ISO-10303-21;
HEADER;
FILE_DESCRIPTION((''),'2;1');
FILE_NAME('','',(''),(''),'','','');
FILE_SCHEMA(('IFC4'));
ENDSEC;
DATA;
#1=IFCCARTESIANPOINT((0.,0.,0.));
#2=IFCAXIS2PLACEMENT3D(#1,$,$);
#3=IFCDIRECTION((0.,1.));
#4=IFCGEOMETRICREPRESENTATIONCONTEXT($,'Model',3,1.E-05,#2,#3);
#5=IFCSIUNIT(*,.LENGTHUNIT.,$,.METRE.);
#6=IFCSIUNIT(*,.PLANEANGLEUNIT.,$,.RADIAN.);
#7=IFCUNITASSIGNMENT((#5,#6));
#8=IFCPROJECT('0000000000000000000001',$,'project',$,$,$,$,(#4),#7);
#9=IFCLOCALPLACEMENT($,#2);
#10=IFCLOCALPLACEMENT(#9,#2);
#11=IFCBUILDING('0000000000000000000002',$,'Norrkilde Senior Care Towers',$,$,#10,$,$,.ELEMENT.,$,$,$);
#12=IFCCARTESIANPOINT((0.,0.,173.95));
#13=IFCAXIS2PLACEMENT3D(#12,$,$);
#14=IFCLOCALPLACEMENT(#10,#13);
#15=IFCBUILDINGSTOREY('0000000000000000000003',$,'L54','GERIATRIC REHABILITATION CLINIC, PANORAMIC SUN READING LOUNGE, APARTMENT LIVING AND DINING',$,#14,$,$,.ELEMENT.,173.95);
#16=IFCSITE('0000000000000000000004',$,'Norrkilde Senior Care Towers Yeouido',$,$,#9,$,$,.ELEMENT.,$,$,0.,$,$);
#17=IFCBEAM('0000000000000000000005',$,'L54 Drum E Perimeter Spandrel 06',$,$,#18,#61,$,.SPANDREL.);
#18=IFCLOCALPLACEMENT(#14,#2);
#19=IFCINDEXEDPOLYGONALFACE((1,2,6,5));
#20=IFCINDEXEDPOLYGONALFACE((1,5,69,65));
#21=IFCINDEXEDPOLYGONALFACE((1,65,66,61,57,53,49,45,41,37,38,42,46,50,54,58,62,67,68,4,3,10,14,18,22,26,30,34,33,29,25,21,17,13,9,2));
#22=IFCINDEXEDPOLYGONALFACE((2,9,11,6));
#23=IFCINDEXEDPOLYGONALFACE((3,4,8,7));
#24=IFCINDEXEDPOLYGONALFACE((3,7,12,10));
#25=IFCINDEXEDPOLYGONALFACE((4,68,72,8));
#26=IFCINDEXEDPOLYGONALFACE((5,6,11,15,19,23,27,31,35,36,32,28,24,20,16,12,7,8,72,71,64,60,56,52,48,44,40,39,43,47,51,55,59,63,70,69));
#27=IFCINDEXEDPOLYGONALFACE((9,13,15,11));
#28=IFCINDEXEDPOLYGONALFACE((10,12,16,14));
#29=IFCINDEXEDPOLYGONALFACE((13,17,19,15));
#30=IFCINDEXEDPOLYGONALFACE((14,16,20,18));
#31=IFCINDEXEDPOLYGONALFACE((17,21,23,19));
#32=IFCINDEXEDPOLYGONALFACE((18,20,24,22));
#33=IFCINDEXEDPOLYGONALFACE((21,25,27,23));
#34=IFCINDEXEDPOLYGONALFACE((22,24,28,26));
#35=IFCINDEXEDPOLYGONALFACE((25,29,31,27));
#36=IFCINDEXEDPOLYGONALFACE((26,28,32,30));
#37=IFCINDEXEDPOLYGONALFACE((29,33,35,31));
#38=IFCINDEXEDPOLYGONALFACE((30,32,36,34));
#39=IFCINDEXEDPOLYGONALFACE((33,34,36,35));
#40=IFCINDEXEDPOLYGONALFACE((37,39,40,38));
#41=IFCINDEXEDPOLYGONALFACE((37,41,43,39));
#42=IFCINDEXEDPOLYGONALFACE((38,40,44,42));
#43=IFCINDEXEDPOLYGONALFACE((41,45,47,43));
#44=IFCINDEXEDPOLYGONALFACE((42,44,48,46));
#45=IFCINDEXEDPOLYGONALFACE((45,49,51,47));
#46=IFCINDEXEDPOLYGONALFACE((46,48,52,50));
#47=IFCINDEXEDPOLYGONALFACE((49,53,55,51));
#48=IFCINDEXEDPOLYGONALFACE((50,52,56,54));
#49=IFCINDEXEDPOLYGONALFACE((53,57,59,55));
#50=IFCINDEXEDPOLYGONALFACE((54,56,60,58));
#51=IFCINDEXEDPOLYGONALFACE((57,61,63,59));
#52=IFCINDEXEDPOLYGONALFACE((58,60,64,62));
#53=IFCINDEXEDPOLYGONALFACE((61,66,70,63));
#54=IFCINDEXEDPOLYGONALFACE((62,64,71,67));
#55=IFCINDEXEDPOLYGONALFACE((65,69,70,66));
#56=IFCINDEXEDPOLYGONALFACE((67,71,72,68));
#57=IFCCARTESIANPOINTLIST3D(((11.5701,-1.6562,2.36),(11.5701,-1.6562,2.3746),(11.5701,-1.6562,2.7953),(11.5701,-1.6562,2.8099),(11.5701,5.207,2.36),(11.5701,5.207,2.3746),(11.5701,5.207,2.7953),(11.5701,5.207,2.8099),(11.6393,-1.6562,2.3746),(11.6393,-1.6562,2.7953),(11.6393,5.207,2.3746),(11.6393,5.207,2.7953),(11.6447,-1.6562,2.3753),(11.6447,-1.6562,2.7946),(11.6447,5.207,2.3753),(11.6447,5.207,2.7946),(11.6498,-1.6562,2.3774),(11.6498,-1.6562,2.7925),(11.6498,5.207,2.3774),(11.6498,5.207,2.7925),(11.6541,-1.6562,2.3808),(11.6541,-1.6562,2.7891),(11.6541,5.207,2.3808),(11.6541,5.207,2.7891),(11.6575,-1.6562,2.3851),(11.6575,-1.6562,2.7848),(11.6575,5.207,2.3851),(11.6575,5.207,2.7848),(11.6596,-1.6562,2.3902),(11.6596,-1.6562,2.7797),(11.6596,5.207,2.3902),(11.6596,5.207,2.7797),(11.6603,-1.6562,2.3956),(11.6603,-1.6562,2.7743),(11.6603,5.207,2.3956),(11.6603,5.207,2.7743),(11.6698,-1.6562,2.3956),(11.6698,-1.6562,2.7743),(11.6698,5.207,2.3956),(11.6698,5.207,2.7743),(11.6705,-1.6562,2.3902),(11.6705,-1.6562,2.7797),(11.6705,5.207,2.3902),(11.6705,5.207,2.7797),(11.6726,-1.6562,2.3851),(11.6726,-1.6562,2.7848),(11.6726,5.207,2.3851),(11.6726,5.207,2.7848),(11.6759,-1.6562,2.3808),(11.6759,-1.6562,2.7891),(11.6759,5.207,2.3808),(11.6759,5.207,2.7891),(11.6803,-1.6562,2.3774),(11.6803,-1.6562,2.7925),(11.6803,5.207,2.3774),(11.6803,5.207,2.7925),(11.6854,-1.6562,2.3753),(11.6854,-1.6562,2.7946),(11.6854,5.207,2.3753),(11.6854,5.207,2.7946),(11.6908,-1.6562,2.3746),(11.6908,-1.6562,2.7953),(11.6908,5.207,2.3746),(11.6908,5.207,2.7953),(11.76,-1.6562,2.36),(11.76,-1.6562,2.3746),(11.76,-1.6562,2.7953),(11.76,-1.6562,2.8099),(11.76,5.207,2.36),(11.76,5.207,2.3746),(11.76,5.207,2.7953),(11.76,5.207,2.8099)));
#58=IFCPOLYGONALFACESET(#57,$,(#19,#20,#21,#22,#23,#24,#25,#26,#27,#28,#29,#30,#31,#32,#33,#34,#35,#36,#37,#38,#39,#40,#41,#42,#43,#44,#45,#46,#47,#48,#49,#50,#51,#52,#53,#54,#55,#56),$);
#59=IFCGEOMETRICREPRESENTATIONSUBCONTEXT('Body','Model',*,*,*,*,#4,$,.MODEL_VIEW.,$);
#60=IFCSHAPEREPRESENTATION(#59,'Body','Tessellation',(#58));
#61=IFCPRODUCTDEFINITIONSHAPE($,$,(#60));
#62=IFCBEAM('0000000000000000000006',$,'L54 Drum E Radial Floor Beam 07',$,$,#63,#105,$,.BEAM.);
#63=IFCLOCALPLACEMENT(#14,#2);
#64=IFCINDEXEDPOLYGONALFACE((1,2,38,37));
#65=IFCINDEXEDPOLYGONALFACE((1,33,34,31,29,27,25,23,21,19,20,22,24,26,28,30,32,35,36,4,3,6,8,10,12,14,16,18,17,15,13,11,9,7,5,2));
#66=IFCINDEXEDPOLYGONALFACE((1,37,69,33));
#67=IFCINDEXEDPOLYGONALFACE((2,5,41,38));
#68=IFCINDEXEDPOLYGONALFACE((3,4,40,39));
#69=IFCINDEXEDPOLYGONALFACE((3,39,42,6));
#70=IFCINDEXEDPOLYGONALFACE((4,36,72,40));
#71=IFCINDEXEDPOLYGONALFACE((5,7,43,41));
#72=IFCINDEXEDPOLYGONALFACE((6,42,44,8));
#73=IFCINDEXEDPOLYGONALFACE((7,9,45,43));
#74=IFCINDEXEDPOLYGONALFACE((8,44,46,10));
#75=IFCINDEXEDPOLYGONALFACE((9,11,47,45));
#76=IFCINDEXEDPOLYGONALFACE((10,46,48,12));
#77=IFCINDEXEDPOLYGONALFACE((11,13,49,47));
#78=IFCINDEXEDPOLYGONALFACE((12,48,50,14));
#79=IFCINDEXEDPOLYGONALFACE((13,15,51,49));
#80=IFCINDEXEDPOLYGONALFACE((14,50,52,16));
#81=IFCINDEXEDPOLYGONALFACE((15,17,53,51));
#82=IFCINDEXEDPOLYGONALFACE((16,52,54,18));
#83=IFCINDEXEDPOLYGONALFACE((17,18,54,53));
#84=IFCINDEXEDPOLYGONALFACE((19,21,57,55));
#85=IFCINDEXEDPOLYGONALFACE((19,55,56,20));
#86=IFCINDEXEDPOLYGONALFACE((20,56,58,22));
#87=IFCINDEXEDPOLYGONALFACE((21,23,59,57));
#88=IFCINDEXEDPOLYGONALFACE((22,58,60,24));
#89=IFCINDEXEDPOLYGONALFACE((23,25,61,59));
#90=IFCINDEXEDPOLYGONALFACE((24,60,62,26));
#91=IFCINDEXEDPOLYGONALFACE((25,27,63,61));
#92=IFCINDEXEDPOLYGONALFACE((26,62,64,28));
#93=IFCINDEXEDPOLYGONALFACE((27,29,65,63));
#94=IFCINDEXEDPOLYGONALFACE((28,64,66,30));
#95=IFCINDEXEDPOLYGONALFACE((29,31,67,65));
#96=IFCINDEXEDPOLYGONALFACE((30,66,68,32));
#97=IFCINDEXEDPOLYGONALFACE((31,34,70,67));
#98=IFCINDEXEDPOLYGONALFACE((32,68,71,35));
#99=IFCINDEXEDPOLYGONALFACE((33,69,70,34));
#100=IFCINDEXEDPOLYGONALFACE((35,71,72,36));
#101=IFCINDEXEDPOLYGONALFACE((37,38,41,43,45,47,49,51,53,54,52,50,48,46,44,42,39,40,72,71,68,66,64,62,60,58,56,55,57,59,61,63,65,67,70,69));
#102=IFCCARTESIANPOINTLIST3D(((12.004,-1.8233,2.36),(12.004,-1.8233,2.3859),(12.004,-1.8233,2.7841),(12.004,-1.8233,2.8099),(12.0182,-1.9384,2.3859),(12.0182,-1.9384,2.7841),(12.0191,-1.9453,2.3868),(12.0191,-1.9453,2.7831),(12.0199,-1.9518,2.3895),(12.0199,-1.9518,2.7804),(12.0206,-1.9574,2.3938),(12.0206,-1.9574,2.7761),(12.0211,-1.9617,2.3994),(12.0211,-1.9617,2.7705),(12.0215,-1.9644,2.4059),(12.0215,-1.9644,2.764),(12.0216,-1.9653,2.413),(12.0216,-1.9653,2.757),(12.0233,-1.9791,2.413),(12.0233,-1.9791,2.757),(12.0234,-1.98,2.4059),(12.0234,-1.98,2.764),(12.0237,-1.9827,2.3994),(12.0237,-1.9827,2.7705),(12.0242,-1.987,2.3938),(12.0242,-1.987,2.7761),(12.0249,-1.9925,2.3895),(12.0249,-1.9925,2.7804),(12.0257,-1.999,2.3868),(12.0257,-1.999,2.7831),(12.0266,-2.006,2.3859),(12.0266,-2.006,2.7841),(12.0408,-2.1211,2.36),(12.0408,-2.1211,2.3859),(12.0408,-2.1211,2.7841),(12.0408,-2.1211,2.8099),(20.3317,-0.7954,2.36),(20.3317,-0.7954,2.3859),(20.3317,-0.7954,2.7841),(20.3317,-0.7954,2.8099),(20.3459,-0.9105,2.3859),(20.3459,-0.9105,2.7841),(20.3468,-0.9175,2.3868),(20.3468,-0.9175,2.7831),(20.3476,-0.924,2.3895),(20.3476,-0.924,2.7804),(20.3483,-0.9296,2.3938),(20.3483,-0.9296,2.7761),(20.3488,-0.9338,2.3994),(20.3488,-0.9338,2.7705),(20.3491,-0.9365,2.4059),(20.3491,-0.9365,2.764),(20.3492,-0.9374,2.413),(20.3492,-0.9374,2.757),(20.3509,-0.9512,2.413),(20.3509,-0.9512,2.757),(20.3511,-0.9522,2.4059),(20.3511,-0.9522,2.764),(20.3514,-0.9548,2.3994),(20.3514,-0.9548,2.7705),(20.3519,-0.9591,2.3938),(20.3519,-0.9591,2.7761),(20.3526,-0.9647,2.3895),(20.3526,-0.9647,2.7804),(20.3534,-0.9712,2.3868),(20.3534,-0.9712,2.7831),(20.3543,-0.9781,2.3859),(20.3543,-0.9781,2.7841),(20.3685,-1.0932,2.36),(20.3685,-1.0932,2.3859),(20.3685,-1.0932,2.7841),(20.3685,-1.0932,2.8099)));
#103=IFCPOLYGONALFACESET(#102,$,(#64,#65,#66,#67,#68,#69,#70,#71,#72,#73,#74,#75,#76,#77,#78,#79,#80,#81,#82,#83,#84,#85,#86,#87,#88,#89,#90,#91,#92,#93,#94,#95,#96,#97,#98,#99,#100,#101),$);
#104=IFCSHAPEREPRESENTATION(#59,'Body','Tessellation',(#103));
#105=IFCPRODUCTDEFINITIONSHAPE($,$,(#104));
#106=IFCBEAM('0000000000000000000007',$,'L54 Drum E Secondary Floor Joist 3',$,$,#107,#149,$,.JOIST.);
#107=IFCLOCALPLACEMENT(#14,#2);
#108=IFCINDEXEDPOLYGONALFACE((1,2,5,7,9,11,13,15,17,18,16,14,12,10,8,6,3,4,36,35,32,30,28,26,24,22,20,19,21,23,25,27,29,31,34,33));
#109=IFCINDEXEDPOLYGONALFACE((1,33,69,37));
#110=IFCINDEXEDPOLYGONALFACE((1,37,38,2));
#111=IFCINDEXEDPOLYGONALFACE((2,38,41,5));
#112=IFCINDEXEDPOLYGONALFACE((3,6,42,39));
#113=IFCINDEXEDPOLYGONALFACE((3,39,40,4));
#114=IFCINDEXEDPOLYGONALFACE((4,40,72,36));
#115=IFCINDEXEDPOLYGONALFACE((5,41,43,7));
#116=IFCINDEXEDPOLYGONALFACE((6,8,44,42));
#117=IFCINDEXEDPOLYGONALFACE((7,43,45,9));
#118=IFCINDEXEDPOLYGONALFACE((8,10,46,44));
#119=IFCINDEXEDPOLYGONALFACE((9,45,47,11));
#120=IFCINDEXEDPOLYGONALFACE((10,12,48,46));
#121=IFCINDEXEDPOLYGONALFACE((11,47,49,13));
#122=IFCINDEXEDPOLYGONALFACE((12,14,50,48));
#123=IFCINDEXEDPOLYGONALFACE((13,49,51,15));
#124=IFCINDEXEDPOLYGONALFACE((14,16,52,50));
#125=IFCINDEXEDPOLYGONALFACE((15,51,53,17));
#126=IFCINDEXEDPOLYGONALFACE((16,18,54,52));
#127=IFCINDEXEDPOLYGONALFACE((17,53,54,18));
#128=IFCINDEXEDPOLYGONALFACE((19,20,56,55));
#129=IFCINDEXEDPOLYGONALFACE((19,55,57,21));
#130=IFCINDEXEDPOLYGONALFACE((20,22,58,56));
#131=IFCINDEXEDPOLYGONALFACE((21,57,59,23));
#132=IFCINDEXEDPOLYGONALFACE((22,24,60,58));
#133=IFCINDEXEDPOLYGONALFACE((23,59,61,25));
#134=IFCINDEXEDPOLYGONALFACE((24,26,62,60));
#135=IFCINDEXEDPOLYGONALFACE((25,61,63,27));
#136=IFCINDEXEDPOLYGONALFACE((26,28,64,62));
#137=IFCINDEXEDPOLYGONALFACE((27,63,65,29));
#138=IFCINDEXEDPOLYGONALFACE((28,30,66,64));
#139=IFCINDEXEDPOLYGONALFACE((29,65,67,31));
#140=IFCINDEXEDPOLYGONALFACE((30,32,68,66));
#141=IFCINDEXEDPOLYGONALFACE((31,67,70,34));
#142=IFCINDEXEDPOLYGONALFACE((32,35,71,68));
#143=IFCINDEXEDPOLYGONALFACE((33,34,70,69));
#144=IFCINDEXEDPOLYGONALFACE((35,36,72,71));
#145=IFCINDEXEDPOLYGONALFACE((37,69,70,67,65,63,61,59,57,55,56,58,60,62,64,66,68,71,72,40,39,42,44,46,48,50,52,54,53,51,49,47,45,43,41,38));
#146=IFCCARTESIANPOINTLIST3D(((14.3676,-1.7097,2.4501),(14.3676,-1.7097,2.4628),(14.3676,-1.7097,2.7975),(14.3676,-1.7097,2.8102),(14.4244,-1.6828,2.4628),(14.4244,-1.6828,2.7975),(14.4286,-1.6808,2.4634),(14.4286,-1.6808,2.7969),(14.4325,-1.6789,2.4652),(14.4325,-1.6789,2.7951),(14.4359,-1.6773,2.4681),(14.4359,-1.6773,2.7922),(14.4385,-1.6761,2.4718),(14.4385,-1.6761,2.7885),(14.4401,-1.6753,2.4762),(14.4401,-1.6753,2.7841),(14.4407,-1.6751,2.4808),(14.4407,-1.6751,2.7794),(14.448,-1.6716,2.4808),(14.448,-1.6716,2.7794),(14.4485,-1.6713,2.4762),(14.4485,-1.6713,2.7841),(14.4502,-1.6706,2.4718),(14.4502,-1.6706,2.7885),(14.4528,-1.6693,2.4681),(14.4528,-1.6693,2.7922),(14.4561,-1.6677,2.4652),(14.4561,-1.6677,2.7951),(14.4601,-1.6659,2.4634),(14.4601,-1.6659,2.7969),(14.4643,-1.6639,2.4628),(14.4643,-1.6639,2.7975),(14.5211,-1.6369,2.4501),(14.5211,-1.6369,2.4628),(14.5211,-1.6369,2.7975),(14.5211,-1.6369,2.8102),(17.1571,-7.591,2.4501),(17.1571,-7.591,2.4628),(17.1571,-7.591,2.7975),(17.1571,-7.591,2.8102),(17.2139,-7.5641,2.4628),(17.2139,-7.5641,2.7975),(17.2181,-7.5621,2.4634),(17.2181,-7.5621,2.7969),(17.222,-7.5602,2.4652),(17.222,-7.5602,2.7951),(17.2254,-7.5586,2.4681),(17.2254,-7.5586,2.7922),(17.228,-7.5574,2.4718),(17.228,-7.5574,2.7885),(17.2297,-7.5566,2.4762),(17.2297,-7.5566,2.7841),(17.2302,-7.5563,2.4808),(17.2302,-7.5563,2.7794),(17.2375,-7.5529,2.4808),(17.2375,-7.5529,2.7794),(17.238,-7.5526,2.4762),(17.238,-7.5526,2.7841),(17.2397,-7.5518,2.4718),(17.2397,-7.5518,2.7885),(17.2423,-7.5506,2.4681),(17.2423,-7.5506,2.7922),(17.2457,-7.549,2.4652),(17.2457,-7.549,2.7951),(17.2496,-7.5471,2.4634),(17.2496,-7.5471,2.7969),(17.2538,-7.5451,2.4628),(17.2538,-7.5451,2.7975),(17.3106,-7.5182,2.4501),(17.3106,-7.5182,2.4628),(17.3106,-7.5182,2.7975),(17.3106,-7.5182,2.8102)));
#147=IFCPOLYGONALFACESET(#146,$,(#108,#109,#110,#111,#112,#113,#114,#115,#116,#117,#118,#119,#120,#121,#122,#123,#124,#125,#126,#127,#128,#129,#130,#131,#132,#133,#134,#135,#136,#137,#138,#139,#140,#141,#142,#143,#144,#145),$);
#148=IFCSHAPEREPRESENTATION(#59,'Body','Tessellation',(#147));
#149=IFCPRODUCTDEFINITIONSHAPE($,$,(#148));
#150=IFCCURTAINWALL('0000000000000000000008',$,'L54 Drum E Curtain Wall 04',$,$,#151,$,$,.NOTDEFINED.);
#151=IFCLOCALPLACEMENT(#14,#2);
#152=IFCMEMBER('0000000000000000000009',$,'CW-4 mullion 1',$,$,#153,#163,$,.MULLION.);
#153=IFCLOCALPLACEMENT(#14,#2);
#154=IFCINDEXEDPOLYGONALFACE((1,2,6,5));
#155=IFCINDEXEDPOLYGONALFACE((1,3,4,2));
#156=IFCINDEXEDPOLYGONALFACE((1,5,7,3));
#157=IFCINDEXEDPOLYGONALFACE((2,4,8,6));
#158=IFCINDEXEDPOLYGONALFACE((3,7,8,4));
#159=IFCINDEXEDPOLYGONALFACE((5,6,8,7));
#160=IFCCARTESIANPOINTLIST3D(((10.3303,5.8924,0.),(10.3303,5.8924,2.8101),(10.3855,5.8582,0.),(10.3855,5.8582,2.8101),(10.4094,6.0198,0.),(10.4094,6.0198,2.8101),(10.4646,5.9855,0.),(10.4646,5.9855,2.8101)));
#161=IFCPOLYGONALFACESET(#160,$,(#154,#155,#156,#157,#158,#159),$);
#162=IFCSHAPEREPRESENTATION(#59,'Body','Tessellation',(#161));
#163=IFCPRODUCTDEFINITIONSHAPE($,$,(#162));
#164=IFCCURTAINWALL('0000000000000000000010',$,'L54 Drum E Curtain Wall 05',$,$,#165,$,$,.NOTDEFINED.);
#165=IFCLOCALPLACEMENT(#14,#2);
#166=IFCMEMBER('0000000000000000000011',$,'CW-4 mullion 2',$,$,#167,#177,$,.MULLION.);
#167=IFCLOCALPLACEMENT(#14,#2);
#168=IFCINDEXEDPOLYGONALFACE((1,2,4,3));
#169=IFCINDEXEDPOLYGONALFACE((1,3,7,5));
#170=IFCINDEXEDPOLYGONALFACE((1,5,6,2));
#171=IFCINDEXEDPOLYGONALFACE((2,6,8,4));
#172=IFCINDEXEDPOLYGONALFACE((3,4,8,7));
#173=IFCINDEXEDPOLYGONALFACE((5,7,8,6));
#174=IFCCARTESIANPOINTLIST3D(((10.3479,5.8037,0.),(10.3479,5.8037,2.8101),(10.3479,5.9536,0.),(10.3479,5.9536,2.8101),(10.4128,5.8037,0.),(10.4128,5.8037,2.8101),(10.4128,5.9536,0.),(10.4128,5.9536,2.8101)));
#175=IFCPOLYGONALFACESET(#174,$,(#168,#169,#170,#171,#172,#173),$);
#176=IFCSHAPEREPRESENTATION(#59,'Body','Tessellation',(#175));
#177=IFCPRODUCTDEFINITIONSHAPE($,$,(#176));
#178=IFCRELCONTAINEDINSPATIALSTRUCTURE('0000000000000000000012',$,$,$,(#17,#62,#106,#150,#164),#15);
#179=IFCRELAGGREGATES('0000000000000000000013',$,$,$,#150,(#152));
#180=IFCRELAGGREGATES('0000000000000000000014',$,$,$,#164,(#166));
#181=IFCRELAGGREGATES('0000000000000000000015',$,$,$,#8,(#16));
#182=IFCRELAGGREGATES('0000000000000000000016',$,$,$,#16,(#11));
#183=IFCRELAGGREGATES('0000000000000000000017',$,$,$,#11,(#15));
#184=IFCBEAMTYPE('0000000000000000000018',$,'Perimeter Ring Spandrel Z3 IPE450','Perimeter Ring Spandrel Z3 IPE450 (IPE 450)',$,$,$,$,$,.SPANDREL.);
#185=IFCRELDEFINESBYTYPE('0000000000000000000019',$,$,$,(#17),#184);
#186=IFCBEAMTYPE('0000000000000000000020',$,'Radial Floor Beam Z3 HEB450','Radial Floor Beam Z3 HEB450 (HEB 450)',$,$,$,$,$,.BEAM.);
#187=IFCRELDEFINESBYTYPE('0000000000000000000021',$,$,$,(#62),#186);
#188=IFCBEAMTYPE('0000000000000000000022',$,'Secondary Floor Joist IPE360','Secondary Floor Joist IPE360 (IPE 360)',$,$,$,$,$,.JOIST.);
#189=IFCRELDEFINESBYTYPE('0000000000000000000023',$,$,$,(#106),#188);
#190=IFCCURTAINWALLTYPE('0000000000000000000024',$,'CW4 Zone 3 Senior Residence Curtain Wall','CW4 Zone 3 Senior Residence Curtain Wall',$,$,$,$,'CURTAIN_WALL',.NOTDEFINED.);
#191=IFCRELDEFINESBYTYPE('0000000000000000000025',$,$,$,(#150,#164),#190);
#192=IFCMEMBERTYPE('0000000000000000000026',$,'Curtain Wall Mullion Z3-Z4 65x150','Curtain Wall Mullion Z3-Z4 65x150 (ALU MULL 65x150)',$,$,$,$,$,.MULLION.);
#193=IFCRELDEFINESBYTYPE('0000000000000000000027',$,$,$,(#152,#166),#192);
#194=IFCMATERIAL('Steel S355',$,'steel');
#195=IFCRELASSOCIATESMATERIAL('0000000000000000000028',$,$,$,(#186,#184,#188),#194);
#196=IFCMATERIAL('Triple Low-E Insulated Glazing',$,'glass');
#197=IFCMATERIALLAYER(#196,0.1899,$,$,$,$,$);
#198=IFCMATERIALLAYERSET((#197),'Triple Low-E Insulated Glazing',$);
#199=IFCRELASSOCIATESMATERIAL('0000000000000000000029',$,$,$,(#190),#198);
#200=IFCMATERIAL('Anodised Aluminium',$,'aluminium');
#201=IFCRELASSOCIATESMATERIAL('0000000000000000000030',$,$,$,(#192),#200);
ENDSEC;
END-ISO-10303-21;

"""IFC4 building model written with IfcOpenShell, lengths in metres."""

from ifc_helpers import new_model, si_unit, direction, frame, origin, origin_2d, place, context, subcontext, project, spatial, rectangle, i_section, extrude, source, transform, mapped, material, layer, layer_set, material_profile, profile_set, type_object, type_shapes, element, aggregate, save


model = new_model("IFC4")

# Units and contexts
model_context = context("Model", 3, precision=1e-05, world=origin(), true_north=direction((0.0, 1.0)))
body_context = subcontext(model_context, "Body", "Model", "MODEL_VIEW")
ifc_project = project(units=[si_unit("LENGTHUNIT", "METRE"), si_unit("PLANEANGLEUNIT", "RADIAN")], contexts=[model_context])

# Site, building, storey
site_placement = place(None, origin())
site = spatial("IfcSite", under=ifc_project, at=site_placement, Name="Norrkilde Senior Care Towers Yeouido", CompositionType="ELEMENT", RefElevation=0.0)
building_placement = place(site_placement, origin())
building = spatial("IfcBuilding", under=site, at=building_placement, Name="Norrkilde Senior Care Towers", CompositionType="ELEMENT")
storey_placement = place(building_placement, frame((0.0, 0.0, 173.95)))
storey = spatial("IfcBuildingStorey", under=building, at=storey_placement, Name="L54", Description="GERIATRIC REHABILITATION CLINIC, PANORAMIC SUN READING LOUNGE, APARTMENT LIVING AND DINING", CompositionType="ELEMENT", Elevation=173.95)

# Beams
ifc_material_1 = material(Name="Steel S355", Category="steel")
ifc_material_profile_1 = material_profile(ifc_material_1, i_section(OverallWidth=0.3, OverallDepth=0.45, WebThickness=0.0139, FlangeThickness=0.0259, FilletRadius=0.0271, at=origin_2d()), Name="HEB 450")
ifc_profile_set_1 = profile_set([ifc_material_profile_1], Name="Steel S355")
beam_type_1 = type_object("IfcBeamType", Name="Radial Floor Beam Z3 HEB450", Description="Radial Floor Beam Z3 HEB450 (HEB 450)", PredefinedType="BEAM", material=ifc_profile_set_1)
ifc_material_profile_2 = material_profile(ifc_material_1, i_section(OverallWidth=0.1899, OverallDepth=0.45, WebThickness=0.0095, FlangeThickness=0.0146, FilletRadius=0.021, at=origin_2d()), Name="IPE 450")
ifc_profile_set_2 = profile_set([ifc_material_profile_2], Name="Steel S355")
beam_type_2 = type_object("IfcBeamType", Name="Perimeter Ring Spandrel Z3 IPE450", Description="Perimeter Ring Spandrel Z3 IPE450 (IPE 450)", PredefinedType="SPANDREL", material=ifc_profile_set_2)
shared_shape_1 = source(origin(), body_context, "Body", "SweptSolid", [
    extrude(i_section(OverallWidth=0.1899, OverallDepth=0.45, WebThickness=0.0095, FlangeThickness=0.0146, FilletRadius=0.021, at=origin_2d()), origin(), (0.0, 0.0, 1.0), 6.8633),
])
type_shapes(beam_type_2, [shared_shape_1])
beam_1_placement = place(storey_placement, frame((11.665, 5.207, 2.585), z_axis=(0.0, -1.0, 0.0), x_axis=(1.0, 0.0, 0.0)))
element("IfcBeam", 1, at=beam_1_placement, inside=storey, type_object=beam_type_2, Name="L54 Drum E Perimeter Spandrel 06", PredefinedType="SPANDREL", context=body_context, shape_type="MappedRepresentation", body=[
    mapped(shared_shape_1, transform((0.0, 0.0, 0.0), x_axis=(1.0, 0.0, 0.0), y_axis=(0.0, 1.0, 0.0), z_axis=(0.0, 0.0, 1.0), scale=1.0)),
])
shared_shape_2 = source(origin(), body_context, "Body", "SweptSolid", [
    extrude(i_section(OverallWidth=0.3, OverallDepth=0.45, WebThickness=0.0139, FlangeThickness=0.0259, FilletRadius=0.0271, at=origin_2d()), origin(), (0.0, 0.0, 1.0), 8.3909),
])
beam_2_placement = place(storey_placement, frame((20.3501, -0.9443, 2.585), z_axis=(-0.992469, -0.122495, 0.0), x_axis=(0.122495, -0.992469, 0.0)))
element("IfcBeam", 2, at=beam_2_placement, inside=storey, type_object=beam_type_1, Name="L54 Drum E Radial Floor Beam 07", PredefinedType="BEAM", context=body_context, shape_type="MappedRepresentation", body=[
    mapped(shared_shape_2, transform((0.0, 0.0, 0.0), x_axis=(1.0, 0.0, 0.0), y_axis=(0.0, 1.0, 0.0), z_axis=(0.0, 0.0, 1.0), scale=1.0)),
])
ifc_material_profile_3 = material_profile(ifc_material_1, i_section(OverallWidth=0.1699, OverallDepth=0.3601, WebThickness=0.0081, FlangeThickness=0.0127, FilletRadius=0.0181, at=origin_2d()), Name="IPE 360")
ifc_profile_set_3 = profile_set([ifc_material_profile_3], Name="Steel S355")
beam_type_3 = type_object("IfcBeamType", Name="Secondary Floor Joist IPE360", Description="Secondary Floor Joist IPE360 (IPE 360)", PredefinedType="JOIST", material=ifc_profile_set_3)
shared_shape_3 = source(origin(), body_context, "Body", "SweptSolid", [
    extrude(i_section(OverallWidth=0.1699, OverallDepth=0.3601, WebThickness=0.0081, FlangeThickness=0.0127, FilletRadius=0.0181, at=origin_2d()), origin(), (0.0, 0.0, 1.0), 6.5093),
])
type_shapes(beam_type_3, [shared_shape_3])
beam_3_placement = place(storey_placement, frame((14.4443, -1.6733, 2.6301), z_axis=(0.428544, -0.903521, 0.0), x_axis=(0.903521, 0.428544, 0.0)))
element("IfcBeam", 3, at=beam_3_placement, inside=storey, type_object=beam_type_3, Name="L54 Drum E Secondary Floor Joist 3", PredefinedType="JOIST", context=body_context, shape_type="MappedRepresentation", body=[
    mapped(shared_shape_3, transform((0.0, 0.0, 0.0), x_axis=(1.0, 0.0, 0.0), y_axis=(0.0, 1.0, 0.0), z_axis=(0.0, 0.0, 1.0), scale=1.0)),
])

# Curtain wall, member
ifc_material_2 = material(Name="Triple Low-E Insulated Glazing", Category="glass")
ifc_layer_1 = layer(ifc_material_2, 0.1899)
ifc_layer_set_1 = layer_set([ifc_layer_1], Name="Triple Low-E Insulated Glazing")
curtain_wall_type = type_object("IfcCurtainWallType", Name="CW4 Zone 3 Senior Residence Curtain Wall", Description="CW4 Zone 3 Senior Residence Curtain Wall", ElementType="CURTAIN_WALL", PredefinedType="NOTDEFINED", material=ifc_layer_set_1)
curtain_wall_1_placement = place(storey_placement, origin())
curtain_wall_1 = element("IfcCurtainWall", 4, at=curtain_wall_1_placement, inside=storey, type_object=curtain_wall_type, Name="L54 Drum E Curtain Wall 04", PredefinedType="NOTDEFINED")
ifc_material_3 = material(Name="Anodised Aluminium", Category="aluminium")
ifc_material_profile_4 = material_profile(ifc_material_3, rectangle(XDim=0.0649, YDim=0.1499, at=origin_2d()), Name="ALU MULL 65x150")
ifc_profile_set_4 = profile_set([ifc_material_profile_4], Name="Anodised Aluminium")
member_type = type_object("IfcMemberType", Name="Curtain Wall Mullion Z3-Z4 65x150", Description="Curtain Wall Mullion Z3-Z4 65x150 (ALU MULL 65x150)", PredefinedType="MULLION", material=ifc_profile_set_4)
shared_shape_4 = source(origin(), body_context, "Body", "SweptSolid", [
    extrude(rectangle(XDim=0.0649, YDim=0.1499, at=origin_2d()), origin(), (0.0, 0.0, 1.0), 2.8101),
])
type_shapes(member_type, [shared_shape_4])
member_1_placement = place(storey_placement, frame((10.3975, 5.939, 0.0), z_axis=(0.0, 0.0, 1.0), x_axis=(-0.849634, 0.527373, 0.0)))
member_1 = element("IfcMember", 5, at=member_1_placement, type_object=member_type, Name="CW-4 mullion 1", PredefinedType="MULLION", context=body_context, shape_type="MappedRepresentation", body=[
    mapped(shared_shape_4, transform((0.0, 0.0, 0.0), x_axis=(1.0, 0.0, 0.0), y_axis=(0.0, 1.0, 0.0), z_axis=(0.0, 0.0, 1.0), scale=1.0)),
])
aggregate(curtain_wall_1, [member_1])

# Curtain wall, member
curtain_wall_2_placement = place(storey_placement, origin())
curtain_wall_2 = element("IfcCurtainWall", 6, at=curtain_wall_2_placement, inside=storey, type_object=curtain_wall_type, Name="L54 Drum E Curtain Wall 05", PredefinedType="NOTDEFINED")
member_2_placement = place(storey_placement, frame((10.3804, 5.8787, 0.0), z_axis=(0.0, 0.0, 1.0), x_axis=(-1.0, 0.0, 0.0)))
member_2 = element("IfcMember", 7, at=member_2_placement, type_object=member_type, Name="CW-4 mullion 2", PredefinedType="MULLION", context=body_context, shape_type="MappedRepresentation", body=[
    mapped(shared_shape_4, transform((0.0, 0.0, 0.0), x_axis=(1.0, 0.0, 0.0), y_axis=(0.0, 1.0, 0.0), z_axis=(0.0, 0.0, 1.0), scale=1.0)),
])
aggregate(curtain_wall_2, [member_2])

save(model, "model.ifc")
